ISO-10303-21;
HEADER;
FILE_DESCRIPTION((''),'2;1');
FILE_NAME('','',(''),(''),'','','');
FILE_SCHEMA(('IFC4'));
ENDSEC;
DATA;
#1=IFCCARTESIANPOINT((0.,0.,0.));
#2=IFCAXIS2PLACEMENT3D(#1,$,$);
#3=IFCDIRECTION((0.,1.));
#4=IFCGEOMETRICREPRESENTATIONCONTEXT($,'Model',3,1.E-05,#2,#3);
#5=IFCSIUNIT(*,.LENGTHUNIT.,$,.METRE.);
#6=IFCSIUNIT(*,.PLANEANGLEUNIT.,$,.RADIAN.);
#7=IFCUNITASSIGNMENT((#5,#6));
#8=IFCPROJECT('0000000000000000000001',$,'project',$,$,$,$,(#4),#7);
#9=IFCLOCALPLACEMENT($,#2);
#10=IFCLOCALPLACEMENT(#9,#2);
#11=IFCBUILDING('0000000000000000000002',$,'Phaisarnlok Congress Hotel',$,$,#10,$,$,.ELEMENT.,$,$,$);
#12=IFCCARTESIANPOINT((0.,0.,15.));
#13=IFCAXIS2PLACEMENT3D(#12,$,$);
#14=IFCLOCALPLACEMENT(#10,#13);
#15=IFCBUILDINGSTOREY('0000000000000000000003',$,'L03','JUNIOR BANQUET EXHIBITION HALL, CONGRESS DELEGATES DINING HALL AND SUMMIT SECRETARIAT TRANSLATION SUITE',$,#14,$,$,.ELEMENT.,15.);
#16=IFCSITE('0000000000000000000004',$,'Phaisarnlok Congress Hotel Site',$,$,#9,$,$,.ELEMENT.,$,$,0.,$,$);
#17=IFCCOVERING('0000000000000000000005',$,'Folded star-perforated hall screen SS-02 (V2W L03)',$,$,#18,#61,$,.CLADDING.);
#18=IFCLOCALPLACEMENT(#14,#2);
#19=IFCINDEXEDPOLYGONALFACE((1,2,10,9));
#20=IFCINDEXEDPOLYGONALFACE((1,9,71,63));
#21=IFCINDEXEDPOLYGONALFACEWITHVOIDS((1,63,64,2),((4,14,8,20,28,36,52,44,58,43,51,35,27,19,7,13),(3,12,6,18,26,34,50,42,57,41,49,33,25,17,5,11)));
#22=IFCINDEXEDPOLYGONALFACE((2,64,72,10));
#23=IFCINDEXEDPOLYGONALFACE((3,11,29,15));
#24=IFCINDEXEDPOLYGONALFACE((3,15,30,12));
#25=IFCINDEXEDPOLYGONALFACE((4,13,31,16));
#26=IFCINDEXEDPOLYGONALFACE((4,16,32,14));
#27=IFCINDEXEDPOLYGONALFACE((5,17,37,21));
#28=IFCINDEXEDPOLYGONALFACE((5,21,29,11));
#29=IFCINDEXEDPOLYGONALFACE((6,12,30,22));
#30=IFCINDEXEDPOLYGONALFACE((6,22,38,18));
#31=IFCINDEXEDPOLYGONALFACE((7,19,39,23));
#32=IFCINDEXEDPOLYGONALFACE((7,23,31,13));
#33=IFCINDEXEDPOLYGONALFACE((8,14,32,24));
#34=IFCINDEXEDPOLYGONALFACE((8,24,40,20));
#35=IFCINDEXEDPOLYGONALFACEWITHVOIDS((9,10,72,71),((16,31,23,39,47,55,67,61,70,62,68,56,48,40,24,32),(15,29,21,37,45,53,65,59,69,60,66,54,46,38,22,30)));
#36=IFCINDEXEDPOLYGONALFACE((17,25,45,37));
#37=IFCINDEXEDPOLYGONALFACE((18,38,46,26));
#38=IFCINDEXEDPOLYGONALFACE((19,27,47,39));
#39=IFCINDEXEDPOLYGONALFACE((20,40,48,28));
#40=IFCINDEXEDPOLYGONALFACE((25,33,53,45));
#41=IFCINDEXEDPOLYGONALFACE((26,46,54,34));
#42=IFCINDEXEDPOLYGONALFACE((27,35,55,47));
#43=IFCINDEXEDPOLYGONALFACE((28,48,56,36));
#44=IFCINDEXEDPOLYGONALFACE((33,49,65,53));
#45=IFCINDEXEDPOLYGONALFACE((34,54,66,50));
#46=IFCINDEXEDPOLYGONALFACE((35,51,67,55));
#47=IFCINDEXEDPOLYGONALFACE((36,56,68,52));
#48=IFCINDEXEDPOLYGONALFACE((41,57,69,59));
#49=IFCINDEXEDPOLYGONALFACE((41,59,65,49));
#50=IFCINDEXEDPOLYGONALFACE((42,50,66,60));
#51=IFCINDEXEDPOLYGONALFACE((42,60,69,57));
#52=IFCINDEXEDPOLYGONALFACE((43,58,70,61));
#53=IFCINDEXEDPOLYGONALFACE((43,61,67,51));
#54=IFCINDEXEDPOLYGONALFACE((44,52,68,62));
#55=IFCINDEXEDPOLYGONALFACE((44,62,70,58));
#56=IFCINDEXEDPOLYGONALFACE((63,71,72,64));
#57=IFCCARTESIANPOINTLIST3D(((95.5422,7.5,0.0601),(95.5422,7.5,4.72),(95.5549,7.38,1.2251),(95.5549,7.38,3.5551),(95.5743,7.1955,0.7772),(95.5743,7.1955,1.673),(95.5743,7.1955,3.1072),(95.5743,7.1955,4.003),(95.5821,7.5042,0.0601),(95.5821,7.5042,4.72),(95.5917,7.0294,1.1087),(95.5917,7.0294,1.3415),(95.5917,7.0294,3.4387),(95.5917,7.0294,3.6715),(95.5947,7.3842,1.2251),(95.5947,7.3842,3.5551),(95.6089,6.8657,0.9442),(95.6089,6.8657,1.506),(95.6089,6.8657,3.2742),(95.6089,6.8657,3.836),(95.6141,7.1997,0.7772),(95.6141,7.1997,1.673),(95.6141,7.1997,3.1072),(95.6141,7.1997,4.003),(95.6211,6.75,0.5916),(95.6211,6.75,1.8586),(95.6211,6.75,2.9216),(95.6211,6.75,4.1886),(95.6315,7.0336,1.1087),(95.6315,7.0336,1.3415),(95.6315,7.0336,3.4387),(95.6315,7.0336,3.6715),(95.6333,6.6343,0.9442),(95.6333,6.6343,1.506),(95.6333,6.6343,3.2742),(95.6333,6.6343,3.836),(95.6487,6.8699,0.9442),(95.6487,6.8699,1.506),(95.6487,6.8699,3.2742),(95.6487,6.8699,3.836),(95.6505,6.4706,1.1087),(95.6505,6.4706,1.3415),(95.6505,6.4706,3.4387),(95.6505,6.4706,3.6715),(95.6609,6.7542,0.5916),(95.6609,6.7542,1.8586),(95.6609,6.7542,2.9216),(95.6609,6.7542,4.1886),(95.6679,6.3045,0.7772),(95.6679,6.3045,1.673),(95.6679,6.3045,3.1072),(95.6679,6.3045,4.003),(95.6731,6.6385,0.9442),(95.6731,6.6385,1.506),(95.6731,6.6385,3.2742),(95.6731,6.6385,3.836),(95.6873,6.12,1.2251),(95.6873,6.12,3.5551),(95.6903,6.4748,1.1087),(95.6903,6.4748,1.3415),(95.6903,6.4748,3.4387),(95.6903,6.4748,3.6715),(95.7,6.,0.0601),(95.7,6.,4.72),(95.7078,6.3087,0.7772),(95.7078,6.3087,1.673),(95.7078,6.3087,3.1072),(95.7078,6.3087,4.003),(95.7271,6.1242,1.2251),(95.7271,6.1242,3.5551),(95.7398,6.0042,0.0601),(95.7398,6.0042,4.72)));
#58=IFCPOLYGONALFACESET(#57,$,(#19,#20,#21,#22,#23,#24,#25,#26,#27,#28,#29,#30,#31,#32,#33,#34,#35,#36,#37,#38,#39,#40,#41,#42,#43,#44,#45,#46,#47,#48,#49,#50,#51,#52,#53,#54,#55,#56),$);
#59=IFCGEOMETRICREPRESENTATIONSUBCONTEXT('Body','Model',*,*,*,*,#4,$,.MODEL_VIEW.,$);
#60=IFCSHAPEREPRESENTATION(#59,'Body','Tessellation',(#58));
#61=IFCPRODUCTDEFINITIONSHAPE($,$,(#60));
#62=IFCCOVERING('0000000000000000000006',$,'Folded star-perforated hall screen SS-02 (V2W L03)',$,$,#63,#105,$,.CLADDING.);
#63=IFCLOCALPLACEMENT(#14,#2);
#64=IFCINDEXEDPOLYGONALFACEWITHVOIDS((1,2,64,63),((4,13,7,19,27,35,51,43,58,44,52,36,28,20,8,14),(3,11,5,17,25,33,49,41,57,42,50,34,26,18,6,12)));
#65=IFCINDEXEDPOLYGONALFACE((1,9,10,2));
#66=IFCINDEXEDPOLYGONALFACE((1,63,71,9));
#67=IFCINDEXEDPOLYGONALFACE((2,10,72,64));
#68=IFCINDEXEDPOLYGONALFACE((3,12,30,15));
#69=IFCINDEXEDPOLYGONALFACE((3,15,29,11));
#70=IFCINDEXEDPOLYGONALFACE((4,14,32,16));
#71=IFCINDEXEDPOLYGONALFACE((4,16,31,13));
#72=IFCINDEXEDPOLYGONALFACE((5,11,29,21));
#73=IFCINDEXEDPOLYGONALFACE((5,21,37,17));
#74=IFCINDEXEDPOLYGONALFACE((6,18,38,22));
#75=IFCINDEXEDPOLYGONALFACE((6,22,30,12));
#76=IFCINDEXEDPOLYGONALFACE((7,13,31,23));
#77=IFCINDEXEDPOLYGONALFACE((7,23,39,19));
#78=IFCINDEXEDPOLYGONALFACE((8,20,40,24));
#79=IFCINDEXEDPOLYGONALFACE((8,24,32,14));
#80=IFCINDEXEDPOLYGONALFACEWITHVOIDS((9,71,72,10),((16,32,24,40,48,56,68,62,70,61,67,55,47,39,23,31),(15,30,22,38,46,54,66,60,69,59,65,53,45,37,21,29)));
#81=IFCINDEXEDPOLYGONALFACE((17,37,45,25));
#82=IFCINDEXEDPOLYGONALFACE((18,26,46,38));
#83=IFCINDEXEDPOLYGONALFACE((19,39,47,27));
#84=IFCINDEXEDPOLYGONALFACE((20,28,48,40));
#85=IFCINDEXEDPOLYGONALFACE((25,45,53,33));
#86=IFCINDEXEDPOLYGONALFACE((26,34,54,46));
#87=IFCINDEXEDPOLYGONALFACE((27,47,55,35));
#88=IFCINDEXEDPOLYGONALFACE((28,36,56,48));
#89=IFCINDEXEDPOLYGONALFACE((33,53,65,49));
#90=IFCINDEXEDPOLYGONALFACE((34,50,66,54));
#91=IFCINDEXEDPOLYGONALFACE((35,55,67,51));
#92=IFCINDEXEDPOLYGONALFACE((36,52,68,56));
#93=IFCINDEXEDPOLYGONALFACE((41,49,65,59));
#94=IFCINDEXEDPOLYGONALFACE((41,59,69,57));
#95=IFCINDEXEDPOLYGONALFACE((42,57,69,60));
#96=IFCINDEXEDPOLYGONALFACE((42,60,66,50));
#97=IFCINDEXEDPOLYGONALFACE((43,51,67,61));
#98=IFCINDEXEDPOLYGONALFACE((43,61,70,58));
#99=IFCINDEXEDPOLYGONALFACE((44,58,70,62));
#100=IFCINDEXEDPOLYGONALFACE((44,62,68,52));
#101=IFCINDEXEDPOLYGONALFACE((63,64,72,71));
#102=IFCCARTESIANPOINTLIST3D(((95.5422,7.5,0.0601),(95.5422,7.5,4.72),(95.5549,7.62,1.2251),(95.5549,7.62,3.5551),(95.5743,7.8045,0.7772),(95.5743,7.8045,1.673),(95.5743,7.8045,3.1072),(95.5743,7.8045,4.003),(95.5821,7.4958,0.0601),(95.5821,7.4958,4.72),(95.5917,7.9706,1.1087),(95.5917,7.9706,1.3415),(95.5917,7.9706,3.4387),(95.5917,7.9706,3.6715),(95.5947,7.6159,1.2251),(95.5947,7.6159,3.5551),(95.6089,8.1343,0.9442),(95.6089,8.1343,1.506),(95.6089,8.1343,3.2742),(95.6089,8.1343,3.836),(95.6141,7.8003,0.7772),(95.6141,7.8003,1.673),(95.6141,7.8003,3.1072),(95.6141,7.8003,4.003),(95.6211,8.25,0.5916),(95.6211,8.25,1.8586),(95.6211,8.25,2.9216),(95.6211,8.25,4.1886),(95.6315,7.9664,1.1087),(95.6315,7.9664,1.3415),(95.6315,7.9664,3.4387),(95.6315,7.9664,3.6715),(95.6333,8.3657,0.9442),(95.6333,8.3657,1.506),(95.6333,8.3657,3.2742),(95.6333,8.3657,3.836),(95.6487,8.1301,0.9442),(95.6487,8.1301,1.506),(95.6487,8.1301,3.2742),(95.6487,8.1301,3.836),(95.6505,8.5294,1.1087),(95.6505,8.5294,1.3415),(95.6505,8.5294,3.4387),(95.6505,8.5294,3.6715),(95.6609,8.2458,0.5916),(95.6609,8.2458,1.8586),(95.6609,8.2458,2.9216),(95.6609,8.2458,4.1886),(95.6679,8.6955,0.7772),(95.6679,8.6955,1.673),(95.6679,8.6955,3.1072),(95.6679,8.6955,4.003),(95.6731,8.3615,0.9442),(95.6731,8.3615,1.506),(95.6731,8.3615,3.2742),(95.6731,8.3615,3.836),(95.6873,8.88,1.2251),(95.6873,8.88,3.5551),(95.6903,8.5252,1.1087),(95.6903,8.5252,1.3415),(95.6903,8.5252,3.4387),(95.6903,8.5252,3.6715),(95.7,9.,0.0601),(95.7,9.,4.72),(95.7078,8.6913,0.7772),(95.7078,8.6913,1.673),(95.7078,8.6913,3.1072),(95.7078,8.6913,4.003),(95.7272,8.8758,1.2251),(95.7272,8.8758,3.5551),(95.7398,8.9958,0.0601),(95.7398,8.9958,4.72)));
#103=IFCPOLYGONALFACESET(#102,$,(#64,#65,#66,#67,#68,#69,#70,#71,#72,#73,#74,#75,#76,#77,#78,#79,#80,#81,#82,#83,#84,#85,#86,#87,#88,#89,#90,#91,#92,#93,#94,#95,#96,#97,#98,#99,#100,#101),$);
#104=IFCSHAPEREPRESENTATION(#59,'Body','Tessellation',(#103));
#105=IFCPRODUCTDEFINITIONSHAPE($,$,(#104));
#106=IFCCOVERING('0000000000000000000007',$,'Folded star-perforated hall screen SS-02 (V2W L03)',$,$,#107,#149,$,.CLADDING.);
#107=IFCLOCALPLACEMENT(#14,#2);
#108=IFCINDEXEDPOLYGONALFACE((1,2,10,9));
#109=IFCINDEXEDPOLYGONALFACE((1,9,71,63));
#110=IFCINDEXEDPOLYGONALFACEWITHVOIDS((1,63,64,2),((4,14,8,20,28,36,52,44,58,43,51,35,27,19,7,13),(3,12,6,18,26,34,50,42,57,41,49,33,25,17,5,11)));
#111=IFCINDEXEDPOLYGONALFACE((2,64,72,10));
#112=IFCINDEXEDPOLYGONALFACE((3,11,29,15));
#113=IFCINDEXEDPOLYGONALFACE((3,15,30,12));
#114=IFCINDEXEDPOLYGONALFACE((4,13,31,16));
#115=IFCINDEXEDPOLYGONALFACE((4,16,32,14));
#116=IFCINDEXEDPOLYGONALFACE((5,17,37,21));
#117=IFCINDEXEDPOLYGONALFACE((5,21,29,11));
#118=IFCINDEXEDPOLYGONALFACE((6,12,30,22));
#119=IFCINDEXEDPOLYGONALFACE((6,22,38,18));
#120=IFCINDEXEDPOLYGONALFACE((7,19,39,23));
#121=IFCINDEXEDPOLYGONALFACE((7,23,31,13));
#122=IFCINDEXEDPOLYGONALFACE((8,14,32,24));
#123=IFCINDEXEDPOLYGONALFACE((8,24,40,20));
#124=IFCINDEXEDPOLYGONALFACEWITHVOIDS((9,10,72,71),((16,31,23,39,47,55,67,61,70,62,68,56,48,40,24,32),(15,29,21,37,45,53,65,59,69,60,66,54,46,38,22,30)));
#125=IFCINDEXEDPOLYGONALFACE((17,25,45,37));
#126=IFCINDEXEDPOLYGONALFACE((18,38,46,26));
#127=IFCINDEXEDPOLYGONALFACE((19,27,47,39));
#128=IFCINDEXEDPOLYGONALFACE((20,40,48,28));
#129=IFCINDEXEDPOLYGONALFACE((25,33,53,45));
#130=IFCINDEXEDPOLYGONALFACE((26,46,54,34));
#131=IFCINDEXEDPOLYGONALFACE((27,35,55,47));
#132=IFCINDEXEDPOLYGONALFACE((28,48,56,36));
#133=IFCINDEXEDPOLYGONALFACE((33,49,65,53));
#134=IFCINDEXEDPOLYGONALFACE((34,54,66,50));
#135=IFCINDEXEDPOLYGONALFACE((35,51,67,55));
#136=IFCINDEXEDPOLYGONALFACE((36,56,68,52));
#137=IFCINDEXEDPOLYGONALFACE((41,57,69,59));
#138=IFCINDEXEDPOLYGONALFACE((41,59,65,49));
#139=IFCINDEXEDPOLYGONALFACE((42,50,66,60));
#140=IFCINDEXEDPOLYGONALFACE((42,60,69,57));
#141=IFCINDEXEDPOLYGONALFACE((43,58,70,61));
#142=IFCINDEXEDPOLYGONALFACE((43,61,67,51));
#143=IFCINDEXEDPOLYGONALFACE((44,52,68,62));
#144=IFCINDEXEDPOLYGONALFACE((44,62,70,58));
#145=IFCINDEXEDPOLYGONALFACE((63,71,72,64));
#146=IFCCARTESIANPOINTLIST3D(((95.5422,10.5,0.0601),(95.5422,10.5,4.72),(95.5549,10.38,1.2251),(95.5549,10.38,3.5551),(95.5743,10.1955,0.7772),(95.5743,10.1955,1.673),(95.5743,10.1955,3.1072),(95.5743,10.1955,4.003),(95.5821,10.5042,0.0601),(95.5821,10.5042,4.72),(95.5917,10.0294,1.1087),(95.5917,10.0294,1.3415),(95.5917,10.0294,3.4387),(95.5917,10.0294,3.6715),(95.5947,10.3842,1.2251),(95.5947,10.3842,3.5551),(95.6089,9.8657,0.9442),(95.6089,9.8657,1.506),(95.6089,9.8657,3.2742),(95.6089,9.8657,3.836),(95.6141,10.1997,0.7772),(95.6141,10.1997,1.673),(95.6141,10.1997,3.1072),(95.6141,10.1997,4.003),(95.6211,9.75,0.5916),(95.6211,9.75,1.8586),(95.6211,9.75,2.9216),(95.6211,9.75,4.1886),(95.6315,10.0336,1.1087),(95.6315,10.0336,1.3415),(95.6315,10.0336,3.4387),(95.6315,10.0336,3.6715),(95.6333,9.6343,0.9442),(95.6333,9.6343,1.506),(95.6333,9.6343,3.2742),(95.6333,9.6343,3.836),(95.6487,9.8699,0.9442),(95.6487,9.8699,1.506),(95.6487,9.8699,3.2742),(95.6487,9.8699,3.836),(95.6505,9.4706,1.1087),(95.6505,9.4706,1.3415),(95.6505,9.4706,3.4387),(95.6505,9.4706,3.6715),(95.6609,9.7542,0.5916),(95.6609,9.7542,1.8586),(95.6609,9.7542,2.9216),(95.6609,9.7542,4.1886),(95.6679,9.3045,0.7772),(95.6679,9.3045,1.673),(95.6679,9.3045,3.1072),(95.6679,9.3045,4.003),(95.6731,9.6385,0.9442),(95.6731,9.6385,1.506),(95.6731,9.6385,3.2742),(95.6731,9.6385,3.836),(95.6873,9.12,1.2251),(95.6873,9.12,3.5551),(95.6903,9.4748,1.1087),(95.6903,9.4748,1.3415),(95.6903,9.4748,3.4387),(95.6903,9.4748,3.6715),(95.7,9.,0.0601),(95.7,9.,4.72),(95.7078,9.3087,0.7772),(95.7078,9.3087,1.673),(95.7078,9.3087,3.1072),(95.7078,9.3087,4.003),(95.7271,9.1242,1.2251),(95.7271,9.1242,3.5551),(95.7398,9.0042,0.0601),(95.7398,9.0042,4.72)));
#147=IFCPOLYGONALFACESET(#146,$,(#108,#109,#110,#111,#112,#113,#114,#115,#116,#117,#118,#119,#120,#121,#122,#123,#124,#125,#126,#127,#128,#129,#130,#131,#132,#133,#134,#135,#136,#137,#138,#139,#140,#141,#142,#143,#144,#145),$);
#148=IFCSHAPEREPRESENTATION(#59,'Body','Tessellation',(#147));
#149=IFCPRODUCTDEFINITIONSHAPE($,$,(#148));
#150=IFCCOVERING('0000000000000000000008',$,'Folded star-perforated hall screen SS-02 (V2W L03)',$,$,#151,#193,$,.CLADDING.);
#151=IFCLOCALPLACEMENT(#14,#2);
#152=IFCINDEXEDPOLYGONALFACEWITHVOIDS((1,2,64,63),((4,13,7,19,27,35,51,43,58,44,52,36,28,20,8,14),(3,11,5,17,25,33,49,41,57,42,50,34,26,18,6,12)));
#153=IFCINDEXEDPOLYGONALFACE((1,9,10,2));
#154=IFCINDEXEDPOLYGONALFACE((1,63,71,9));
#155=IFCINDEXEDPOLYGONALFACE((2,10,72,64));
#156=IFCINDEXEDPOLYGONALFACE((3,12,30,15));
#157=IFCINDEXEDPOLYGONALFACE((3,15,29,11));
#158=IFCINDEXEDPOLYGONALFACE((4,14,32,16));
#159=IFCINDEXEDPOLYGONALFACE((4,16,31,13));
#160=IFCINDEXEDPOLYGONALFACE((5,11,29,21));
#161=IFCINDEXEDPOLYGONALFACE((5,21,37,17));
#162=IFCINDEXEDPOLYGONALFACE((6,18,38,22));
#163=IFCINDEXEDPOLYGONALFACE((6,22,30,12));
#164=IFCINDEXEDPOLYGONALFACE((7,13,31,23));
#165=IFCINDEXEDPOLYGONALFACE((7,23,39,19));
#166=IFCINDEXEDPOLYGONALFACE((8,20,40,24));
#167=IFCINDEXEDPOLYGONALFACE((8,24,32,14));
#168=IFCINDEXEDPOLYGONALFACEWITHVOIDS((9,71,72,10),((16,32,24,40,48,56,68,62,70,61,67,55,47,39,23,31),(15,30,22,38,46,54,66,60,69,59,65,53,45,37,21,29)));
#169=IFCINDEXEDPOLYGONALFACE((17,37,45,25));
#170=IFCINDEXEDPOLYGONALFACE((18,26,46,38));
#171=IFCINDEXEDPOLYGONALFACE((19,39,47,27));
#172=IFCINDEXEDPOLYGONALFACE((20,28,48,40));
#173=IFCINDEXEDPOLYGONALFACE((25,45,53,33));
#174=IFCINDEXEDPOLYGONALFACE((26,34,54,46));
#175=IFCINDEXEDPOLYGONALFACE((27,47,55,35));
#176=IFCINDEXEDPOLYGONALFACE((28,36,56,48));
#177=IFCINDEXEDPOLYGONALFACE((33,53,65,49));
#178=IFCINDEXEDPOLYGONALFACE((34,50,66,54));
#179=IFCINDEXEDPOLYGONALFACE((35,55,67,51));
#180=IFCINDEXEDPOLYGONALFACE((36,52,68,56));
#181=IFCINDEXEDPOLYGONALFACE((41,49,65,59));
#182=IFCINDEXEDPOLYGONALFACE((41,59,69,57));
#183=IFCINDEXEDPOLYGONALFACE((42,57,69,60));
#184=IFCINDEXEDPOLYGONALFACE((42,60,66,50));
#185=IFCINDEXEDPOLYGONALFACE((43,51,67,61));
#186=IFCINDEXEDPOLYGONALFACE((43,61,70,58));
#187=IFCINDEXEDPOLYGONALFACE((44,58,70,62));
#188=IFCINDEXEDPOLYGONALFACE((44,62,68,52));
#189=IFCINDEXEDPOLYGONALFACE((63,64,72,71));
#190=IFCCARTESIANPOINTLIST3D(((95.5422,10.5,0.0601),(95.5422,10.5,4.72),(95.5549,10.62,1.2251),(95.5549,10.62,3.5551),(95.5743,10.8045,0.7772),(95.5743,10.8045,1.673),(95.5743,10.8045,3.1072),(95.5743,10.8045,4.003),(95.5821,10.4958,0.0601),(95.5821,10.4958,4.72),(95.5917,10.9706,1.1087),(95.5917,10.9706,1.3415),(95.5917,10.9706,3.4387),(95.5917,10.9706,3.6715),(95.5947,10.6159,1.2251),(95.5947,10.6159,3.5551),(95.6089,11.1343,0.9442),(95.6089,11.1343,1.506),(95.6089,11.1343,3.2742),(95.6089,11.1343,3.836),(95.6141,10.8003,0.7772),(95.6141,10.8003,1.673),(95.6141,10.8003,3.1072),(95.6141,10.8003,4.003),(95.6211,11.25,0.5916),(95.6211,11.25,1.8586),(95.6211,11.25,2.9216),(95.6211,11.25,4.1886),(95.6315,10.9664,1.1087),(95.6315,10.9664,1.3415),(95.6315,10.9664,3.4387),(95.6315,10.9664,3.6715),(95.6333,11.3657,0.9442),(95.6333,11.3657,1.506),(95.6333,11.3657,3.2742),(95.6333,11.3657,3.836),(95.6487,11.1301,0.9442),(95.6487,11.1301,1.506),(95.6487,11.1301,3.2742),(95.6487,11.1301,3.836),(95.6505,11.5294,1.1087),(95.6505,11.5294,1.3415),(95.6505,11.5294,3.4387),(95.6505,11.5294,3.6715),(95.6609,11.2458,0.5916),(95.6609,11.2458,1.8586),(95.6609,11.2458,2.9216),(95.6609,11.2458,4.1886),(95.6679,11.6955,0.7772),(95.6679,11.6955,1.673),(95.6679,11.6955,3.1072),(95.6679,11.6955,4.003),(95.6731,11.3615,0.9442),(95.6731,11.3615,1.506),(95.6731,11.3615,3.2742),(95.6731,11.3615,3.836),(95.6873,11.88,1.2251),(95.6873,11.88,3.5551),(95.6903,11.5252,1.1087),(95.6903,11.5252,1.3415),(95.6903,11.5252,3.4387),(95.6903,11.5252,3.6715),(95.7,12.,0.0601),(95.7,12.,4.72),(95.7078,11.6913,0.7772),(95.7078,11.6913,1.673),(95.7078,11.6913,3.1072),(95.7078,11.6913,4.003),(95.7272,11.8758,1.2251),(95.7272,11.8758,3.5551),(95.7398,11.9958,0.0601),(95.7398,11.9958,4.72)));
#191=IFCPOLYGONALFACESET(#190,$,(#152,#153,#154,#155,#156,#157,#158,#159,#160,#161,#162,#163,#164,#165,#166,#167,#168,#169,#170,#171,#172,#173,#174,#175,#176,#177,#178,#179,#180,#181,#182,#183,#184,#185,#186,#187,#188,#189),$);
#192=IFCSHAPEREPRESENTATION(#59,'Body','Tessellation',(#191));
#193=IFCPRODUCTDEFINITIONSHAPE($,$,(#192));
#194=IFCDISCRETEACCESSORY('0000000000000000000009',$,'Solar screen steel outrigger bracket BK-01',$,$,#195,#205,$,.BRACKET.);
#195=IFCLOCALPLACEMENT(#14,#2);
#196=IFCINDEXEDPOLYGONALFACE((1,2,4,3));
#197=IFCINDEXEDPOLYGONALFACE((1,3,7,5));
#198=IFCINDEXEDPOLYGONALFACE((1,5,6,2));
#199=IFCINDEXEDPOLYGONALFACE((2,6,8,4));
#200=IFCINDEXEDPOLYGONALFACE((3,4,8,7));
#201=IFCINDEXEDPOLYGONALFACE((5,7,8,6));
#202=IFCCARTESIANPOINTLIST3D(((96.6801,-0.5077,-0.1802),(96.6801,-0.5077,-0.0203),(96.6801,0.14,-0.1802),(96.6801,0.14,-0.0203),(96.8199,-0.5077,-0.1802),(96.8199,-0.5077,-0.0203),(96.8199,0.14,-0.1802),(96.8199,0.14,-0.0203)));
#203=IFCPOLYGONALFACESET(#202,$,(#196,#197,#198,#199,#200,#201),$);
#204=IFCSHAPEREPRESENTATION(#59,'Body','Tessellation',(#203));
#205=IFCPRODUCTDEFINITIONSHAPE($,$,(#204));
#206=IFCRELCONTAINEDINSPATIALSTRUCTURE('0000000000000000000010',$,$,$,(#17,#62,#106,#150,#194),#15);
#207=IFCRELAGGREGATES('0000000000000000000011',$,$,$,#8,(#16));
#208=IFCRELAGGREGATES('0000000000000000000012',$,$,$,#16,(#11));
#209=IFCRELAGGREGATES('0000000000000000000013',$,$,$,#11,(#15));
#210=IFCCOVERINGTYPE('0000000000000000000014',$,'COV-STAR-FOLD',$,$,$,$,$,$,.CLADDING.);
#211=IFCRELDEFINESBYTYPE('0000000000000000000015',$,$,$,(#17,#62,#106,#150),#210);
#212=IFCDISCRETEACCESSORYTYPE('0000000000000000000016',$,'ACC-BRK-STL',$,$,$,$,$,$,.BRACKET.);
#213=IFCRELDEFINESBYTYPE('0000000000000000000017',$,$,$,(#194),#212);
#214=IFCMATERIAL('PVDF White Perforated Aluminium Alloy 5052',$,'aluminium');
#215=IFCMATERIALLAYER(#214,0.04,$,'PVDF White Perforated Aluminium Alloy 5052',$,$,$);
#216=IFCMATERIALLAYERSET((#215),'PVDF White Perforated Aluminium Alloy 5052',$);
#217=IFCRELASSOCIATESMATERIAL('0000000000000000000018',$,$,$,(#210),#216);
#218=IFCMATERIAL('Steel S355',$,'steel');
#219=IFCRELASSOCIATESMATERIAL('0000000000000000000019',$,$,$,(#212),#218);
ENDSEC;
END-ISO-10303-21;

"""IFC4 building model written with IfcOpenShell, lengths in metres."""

from ifc_helpers import new_model, si_unit, direction, frame, origin, origin_2d, place, context, subcontext, project, spatial, polyline, rectangle, outline, extrude, material, layer, layer_set, type_object, element, save


model = new_model("IFC4")

# Units and contexts
model_context = context("Model", 3, precision=1e-05, world=origin(), true_north=direction((0.0, 1.0)))
body_context = subcontext(model_context, "Body", "Model", "MODEL_VIEW")
ifc_project = project(units=[si_unit("LENGTHUNIT", "METRE"), si_unit("PLANEANGLEUNIT", "RADIAN")], contexts=[model_context])

# Site, building, storey
site_placement = place(None, origin())
site = spatial("IfcSite", under=ifc_project, at=site_placement, Name="Phaisarnlok Congress Hotel Site", CompositionType="ELEMENT", RefElevation=0.0)
building_placement = place(site_placement, origin())
building = spatial("IfcBuilding", under=site, at=building_placement, Name="Phaisarnlok Congress Hotel", CompositionType="ELEMENT")
storey_placement = place(building_placement, frame((0.0, 0.0, 15.0)))
storey = spatial("IfcBuildingStorey", under=building, at=storey_placement, Name="L03", Description="JUNIOR BANQUET EXHIBITION HALL, CONGRESS DELEGATES DINING HALL AND SUMMIT SECRETARIAT TRANSLATION SUITE", CompositionType="ELEMENT", Elevation=15.0)

# Shared definitions
ifc_material_1 = material(Name="Steel S355", Category="steel")

# Coverings
ifc_material_2 = material(Name="PVDF White Perforated Aluminium Alloy 5052", Category="aluminium")
ifc_layer_1 = layer(ifc_material_2, 0.04, Name="PVDF White Perforated Aluminium Alloy 5052")
ifc_layer_set_1 = layer_set([ifc_layer_1], Name="PVDF White Perforated Aluminium Alloy 5052")
covering_type = type_object("IfcCoveringType", Name="COV-STAR-FOLD", PredefinedType="CLADDING", material=ifc_layer_set_1)
for number, where, z_axis, x_axis, name in (
    (1, (95.7, 6.0, 0.0601), (0.994518, 0.104567, 0.0), (-0.104567, 0.994518, 0.0), "Folded star-perforated hall screen SS-02 (V2W L03)"),
    (2, (95.5422, 7.5, 0.0601), (0.994518, -0.104567, 0.0), (0.104567, 0.994518, 0.0), "Folded star-perforated hall screen SS-02 (V2W L03)"),
    (3, (95.7, 9.0, 0.0601), (0.994518, 0.104567, 0.0), (-0.104567, 0.994518, 0.0), "Folded star-perforated hall screen SS-02 (V2W L03)"),
    (4, (95.5422, 10.5, 0.0601), (0.994518, -0.104567, 0.0), (0.104567, 0.994518, 0.0), "Folded star-perforated hall screen SS-02 (V2W L03)"),
):
    element("IfcCovering", number, at=place(storey_placement, frame(where, z_axis=z_axis, x_axis=x_axis)), inside=storey, type_object=covering_type, Name=name, PredefinedType="CLADDING", context=body_context, shape_type="SweptSolid", body=[
        extrude(outline(polyline([(0.0, 0.0), (1.5083, 0.0), (1.5083, 4.6599), (0.0, 4.6599), (0.0, 0.0)]), holes=[polyline([(1.0351, 1.0486), (1.2021, 0.7171), (0.8705, 0.8841), (0.7541, 0.5315), (0.6378, 0.8841), (0.3062, 0.7171), (0.4732, 1.0486), (0.1207, 1.165), (0.4732, 1.2814), (0.3062, 1.6129), (0.6378, 1.4459), (0.7541, 1.7985), (0.8705, 1.4459), (1.2021, 1.6129), (1.0351, 1.2814), (1.3876, 1.165), (1.0351, 1.0486)]), polyline([(1.0351, 3.3786), (1.2021, 3.0471), (0.8705, 3.2141), (0.7541, 2.8615), (0.6378, 3.2141), (0.3062, 3.0471), (0.4732, 3.3786), (0.1207, 3.495), (0.4732, 3.6114), (0.3062, 3.9429), (0.6378, 3.7759), (0.7541, 4.1285), (0.8705, 3.7759), (1.2021, 3.9429), (1.0351, 3.6114), (1.3876, 3.495), (1.0351, 3.3786)])]), origin(), (0.0, 0.0, 1.0), 0.04),
    ])

# Discrete accessory
discrete_accessory_type = type_object("IfcDiscreteAccessoryType", Name="ACC-BRK-STL", PredefinedType="BRACKET", material=ifc_material_1)
for number, where, z_axis, x_axis, name in (
    (5, (96.75, -0.1838, -0.1802), (0.0, 0.0, 1.0), (1.0, 0.0, 0.0), "Solar screen steel outrigger bracket BK-01"),
):
    element("IfcDiscreteAccessory", number, at=place(storey_placement, frame(where, z_axis=z_axis, x_axis=x_axis)), inside=storey, type_object=discrete_accessory_type, Name=name, PredefinedType="BRACKET", context=body_context, shape_type="SweptSolid", body=[
        extrude(rectangle(XDim=0.1399, YDim=0.6477, at=origin_2d()), origin(), (0.0, 0.0, 1.0), 0.1599),
    ])

save(model, "model.ifc")
